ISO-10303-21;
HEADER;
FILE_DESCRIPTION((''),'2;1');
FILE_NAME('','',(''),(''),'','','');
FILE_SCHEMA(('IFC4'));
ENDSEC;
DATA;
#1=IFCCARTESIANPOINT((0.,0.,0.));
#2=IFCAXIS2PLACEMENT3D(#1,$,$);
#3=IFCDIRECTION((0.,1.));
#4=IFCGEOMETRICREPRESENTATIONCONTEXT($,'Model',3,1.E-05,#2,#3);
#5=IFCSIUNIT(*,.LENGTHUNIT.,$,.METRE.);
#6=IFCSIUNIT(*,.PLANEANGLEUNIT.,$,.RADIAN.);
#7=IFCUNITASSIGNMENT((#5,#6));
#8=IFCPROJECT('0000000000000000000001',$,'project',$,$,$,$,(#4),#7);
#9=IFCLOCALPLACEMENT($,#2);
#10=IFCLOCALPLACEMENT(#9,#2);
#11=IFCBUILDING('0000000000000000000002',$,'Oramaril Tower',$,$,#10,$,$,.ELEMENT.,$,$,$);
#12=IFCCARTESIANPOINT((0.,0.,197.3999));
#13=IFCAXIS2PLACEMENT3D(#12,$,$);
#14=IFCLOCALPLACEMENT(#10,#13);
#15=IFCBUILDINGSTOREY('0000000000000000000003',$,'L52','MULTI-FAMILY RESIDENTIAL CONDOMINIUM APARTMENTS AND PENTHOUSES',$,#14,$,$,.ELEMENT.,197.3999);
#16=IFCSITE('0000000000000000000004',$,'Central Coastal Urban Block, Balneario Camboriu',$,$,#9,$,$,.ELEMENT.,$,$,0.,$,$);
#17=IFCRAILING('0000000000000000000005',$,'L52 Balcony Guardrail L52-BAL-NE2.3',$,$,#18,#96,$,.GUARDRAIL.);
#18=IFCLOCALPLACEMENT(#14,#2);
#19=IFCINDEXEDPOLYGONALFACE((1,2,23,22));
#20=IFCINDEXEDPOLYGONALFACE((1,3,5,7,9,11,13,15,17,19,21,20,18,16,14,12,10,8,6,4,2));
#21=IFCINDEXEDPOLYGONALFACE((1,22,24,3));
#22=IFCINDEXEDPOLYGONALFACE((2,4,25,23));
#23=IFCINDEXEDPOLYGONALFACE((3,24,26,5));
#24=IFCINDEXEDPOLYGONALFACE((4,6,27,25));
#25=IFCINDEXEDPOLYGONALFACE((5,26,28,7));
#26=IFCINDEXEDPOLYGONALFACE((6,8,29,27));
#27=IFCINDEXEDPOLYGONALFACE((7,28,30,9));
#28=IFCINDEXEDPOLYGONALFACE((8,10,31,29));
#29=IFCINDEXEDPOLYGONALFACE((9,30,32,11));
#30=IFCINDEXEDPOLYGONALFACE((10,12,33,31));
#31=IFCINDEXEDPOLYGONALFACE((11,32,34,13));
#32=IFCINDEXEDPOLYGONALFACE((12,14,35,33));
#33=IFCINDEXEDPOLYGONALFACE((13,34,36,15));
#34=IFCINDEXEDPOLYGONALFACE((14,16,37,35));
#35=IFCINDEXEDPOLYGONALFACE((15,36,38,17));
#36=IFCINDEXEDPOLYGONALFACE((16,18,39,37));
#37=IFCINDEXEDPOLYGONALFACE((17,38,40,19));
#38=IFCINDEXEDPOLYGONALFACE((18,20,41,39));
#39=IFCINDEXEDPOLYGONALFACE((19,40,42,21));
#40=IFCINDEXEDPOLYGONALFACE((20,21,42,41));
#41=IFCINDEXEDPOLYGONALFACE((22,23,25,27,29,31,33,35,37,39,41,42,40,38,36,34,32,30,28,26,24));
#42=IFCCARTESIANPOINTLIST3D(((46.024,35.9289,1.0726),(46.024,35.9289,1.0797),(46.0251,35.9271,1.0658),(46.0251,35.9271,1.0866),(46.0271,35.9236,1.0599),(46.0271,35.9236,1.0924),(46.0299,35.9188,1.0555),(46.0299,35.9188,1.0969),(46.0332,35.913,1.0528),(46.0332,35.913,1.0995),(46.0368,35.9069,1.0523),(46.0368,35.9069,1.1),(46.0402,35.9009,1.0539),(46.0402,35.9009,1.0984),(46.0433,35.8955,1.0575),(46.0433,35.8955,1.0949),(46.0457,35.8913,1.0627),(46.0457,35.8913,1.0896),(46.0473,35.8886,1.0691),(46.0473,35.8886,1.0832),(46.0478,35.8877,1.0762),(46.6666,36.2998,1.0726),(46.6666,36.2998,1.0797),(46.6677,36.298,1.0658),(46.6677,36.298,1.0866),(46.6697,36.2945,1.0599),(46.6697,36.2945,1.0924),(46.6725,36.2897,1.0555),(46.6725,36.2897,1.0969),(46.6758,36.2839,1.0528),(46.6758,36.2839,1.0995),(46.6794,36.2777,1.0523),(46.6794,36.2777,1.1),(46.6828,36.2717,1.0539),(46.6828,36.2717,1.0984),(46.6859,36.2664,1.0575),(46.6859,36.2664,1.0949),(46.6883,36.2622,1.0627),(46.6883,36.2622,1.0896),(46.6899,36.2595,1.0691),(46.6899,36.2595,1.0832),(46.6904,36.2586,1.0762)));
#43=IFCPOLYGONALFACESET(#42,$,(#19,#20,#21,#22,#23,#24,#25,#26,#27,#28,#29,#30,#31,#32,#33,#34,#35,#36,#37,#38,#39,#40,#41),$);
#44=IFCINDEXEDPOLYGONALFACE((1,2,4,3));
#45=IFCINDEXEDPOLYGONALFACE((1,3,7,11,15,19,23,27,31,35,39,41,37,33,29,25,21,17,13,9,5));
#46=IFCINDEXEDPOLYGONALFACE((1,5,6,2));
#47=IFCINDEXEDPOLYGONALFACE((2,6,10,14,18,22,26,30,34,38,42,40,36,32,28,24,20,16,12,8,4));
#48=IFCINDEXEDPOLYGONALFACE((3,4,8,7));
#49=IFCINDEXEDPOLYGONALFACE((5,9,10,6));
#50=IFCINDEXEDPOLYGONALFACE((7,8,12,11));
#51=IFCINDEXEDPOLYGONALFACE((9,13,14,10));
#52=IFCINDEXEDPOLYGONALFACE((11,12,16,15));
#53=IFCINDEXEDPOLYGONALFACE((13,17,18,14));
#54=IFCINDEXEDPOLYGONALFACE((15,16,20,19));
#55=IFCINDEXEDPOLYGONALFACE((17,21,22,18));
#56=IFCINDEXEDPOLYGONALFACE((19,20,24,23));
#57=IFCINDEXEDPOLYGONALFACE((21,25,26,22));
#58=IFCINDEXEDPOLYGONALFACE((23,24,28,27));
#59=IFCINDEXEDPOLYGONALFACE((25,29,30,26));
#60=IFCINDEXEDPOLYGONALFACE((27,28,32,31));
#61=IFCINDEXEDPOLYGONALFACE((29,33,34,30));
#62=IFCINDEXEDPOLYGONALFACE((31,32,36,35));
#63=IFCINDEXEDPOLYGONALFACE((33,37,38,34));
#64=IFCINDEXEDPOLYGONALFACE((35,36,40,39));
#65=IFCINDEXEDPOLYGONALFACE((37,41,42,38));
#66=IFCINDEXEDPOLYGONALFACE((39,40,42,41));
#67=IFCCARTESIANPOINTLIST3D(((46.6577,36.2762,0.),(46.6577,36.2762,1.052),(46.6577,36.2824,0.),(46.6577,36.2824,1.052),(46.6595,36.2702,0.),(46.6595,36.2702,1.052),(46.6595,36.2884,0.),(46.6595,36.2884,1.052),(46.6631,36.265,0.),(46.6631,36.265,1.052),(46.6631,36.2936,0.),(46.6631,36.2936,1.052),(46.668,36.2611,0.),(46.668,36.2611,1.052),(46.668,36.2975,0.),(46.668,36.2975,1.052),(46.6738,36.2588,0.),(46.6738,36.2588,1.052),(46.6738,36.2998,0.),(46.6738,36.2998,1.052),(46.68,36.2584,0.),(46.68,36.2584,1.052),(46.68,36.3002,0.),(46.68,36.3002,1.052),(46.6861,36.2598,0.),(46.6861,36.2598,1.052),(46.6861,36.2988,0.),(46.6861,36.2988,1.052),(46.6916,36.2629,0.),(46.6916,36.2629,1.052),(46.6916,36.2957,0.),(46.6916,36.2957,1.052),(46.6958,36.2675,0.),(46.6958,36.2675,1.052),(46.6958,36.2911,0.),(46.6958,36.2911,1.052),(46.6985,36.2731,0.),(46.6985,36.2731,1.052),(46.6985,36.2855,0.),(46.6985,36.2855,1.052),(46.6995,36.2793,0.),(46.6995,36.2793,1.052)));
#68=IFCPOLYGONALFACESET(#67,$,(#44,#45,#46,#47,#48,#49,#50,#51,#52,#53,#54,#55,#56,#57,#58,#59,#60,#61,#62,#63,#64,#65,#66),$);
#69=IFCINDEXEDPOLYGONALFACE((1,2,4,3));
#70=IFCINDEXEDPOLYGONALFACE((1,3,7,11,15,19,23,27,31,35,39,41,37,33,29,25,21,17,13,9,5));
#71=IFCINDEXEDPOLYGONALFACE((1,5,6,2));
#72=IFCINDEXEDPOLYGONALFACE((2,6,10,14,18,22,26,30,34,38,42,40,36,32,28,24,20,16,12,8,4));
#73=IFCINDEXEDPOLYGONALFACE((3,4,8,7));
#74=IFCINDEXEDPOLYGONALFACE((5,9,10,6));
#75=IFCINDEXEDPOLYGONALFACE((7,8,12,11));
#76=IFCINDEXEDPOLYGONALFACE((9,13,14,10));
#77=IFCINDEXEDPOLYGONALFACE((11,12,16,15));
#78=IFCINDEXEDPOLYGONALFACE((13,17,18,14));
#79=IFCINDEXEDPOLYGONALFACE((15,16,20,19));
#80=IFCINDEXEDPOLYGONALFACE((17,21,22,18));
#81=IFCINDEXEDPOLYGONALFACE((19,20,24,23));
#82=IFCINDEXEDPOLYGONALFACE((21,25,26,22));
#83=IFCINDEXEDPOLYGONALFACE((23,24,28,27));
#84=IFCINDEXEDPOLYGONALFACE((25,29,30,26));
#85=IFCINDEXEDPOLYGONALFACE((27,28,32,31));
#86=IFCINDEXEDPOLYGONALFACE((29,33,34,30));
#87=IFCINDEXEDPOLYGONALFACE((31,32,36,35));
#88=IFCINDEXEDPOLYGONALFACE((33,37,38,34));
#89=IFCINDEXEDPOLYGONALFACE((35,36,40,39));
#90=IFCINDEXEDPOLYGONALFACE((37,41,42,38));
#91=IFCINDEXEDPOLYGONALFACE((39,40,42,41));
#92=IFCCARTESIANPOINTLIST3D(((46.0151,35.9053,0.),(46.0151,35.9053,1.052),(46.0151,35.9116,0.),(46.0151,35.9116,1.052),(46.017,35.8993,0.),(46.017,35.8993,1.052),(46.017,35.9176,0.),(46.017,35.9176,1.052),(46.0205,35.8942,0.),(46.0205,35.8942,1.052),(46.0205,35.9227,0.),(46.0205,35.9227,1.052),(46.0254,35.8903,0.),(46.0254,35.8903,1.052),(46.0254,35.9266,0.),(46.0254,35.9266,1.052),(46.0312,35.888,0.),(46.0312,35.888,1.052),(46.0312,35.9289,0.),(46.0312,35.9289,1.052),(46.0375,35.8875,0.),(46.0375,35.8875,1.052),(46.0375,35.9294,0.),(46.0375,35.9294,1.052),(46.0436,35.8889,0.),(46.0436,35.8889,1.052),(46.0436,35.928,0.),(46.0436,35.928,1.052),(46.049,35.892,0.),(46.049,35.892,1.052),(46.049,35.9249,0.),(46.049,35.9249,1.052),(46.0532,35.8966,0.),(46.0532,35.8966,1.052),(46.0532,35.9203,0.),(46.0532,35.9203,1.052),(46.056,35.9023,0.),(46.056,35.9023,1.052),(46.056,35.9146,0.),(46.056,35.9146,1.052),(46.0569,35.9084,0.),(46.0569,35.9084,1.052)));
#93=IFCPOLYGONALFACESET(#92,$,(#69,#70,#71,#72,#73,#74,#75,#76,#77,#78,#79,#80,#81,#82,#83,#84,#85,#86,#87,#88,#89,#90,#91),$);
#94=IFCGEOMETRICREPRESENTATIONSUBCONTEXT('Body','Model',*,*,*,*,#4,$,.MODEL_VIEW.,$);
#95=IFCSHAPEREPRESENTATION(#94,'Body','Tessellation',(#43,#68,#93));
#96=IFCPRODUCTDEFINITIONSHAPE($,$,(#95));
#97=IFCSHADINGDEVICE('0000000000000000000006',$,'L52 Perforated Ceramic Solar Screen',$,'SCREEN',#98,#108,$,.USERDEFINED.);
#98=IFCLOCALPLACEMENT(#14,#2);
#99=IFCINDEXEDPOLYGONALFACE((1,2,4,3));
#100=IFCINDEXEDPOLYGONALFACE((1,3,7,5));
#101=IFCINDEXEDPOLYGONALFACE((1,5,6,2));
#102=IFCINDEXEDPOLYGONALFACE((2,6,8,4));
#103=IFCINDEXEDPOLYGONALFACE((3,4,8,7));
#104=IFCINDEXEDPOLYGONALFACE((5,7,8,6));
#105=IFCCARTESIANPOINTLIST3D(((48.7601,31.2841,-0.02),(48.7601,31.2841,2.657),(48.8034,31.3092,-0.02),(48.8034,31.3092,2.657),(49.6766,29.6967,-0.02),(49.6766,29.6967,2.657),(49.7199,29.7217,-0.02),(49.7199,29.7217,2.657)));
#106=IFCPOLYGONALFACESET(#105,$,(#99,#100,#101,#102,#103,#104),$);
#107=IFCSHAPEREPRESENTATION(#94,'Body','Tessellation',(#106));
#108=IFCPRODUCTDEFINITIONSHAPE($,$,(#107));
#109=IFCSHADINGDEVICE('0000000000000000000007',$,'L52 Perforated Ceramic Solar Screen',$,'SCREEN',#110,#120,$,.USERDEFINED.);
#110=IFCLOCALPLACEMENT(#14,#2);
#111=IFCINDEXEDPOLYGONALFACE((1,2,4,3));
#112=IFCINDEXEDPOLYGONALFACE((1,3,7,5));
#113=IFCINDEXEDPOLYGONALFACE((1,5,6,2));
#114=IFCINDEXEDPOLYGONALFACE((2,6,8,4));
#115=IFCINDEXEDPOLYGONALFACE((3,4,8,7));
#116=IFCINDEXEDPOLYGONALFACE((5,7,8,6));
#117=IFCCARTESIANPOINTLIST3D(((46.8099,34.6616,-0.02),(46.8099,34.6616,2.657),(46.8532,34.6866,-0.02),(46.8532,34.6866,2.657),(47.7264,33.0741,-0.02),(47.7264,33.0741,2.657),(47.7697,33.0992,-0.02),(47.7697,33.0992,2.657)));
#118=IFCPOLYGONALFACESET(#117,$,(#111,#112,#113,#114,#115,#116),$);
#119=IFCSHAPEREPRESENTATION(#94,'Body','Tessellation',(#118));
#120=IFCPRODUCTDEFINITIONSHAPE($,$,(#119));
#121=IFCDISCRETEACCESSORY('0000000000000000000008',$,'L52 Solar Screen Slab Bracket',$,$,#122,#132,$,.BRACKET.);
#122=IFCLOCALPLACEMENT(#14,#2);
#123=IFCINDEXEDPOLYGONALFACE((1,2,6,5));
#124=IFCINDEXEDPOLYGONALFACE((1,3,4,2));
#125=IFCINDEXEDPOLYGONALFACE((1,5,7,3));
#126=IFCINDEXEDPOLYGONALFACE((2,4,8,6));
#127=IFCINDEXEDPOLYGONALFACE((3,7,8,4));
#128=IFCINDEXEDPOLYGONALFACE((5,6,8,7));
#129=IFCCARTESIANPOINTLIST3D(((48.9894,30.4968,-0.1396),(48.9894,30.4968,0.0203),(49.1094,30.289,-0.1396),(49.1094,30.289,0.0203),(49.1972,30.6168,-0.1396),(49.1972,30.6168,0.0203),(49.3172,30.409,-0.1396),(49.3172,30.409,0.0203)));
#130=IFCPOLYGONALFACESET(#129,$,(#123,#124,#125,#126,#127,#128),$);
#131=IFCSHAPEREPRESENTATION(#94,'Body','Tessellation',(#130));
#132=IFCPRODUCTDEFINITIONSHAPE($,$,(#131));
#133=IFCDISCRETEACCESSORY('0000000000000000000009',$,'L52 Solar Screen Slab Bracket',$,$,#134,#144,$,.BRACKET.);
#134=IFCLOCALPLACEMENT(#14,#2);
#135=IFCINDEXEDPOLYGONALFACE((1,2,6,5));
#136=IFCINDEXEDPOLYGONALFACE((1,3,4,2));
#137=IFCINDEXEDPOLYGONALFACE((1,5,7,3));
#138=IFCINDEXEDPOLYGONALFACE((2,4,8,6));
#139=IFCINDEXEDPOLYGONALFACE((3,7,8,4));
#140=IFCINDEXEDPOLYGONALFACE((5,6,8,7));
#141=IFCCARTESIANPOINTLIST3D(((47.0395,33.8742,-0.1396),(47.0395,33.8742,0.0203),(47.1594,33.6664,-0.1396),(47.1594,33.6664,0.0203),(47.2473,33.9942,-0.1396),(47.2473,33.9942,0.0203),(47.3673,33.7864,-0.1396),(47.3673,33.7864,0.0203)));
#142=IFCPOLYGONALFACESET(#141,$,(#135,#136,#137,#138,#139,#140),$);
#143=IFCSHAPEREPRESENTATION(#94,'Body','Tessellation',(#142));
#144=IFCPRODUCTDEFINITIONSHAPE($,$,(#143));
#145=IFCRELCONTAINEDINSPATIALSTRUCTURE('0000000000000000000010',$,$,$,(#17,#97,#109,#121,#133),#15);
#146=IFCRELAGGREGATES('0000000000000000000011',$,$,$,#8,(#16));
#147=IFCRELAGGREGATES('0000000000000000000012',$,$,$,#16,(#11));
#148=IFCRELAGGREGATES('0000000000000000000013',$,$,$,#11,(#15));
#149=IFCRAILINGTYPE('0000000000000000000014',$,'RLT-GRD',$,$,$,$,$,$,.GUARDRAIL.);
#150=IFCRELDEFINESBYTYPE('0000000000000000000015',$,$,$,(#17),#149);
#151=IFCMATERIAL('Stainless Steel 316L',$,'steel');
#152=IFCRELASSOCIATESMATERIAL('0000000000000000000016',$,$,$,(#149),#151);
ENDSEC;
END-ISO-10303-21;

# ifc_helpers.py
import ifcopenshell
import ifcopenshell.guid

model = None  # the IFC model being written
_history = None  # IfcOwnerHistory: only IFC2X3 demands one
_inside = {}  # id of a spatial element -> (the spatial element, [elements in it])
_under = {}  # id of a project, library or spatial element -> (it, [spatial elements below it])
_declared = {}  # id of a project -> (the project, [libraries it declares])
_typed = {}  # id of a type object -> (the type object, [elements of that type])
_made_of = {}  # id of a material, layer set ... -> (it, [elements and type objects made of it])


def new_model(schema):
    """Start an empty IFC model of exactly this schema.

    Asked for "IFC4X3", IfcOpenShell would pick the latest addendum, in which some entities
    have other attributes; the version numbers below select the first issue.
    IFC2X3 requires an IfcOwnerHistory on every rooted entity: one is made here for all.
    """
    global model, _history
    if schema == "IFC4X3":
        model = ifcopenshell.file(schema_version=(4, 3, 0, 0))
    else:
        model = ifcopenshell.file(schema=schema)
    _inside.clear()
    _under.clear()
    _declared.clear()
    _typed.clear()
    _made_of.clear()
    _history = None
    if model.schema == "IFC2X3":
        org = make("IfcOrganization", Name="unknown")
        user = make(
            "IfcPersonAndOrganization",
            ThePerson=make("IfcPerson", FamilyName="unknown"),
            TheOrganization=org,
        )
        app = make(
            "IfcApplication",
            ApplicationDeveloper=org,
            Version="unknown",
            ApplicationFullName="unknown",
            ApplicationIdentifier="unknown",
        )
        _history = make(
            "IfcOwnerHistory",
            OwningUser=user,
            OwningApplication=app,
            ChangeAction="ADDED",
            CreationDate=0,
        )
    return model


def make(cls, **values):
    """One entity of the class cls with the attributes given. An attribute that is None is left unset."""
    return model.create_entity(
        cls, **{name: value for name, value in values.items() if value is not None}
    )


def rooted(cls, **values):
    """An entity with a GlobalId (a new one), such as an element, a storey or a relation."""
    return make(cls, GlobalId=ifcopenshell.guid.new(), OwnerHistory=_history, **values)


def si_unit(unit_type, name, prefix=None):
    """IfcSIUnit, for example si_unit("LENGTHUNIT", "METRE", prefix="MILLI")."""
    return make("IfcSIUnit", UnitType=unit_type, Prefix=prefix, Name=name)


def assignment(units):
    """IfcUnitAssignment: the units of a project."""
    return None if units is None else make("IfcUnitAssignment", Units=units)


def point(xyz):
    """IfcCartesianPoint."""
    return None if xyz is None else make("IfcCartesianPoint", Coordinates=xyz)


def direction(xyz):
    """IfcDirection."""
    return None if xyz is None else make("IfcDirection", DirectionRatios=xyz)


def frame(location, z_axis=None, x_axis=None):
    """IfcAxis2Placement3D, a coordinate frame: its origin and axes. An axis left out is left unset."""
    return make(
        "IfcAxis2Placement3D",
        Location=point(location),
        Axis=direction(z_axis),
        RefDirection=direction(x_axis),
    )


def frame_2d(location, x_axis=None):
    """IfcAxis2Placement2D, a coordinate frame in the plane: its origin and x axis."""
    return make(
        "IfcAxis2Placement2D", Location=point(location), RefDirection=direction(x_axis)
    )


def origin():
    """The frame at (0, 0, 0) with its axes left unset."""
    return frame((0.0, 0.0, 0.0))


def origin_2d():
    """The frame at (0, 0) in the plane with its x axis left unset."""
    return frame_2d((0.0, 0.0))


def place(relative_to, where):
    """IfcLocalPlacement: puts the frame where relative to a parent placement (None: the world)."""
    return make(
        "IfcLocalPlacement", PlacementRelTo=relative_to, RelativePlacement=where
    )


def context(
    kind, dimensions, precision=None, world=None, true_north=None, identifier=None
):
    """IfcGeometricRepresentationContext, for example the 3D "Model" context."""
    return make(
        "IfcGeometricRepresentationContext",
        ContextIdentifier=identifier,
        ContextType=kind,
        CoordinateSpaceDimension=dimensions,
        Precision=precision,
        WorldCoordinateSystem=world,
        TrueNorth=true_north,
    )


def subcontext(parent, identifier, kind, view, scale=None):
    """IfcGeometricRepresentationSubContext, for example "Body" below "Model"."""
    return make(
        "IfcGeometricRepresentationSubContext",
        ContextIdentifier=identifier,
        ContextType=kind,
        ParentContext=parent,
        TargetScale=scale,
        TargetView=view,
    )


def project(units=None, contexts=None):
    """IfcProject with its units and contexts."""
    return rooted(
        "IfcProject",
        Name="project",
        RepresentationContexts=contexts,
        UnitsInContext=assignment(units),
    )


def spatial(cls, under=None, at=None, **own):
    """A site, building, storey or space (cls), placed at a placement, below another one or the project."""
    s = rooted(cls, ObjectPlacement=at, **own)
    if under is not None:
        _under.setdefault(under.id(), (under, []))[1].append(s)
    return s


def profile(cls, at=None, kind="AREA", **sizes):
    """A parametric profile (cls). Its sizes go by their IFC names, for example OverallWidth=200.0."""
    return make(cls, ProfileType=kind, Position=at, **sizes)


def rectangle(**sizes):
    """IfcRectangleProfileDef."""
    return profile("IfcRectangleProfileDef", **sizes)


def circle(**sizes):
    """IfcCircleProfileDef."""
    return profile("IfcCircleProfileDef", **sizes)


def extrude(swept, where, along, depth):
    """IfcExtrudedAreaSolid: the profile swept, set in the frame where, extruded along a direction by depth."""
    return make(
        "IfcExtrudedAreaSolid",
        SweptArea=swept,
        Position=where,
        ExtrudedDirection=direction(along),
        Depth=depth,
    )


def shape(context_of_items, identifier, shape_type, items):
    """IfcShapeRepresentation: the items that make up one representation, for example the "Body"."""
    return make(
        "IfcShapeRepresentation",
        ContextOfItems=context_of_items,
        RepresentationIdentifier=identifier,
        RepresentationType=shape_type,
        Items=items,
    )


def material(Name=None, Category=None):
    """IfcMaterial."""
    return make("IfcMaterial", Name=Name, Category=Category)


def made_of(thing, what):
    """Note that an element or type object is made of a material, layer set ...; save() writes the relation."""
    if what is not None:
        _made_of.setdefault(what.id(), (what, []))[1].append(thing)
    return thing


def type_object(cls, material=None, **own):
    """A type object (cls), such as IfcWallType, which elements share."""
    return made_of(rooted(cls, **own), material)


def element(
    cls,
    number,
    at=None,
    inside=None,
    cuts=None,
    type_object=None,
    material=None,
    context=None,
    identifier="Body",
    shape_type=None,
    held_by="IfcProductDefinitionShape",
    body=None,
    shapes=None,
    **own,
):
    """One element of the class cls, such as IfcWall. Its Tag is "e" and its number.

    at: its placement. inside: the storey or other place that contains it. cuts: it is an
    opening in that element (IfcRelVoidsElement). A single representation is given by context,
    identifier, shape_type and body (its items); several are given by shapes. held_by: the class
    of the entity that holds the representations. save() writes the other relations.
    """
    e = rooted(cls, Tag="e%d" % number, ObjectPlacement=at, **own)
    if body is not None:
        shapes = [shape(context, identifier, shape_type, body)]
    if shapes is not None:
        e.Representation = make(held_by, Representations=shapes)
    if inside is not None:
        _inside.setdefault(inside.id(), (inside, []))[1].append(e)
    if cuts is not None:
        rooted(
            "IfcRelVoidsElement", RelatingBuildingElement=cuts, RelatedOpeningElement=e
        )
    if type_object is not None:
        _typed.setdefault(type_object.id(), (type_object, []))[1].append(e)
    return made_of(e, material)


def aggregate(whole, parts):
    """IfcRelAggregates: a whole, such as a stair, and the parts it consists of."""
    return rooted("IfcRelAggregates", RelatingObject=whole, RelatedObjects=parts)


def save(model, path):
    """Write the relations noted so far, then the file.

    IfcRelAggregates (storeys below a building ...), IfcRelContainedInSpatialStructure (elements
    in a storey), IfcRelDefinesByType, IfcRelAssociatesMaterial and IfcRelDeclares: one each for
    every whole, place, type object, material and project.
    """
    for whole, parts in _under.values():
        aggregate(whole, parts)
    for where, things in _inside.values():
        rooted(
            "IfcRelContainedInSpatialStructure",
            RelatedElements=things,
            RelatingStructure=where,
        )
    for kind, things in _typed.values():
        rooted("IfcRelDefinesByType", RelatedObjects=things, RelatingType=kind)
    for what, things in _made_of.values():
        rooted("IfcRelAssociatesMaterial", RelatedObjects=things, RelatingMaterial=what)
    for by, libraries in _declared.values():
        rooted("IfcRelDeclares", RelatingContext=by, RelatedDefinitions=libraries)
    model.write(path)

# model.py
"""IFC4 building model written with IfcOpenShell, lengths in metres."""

from ifc_helpers import new_model, si_unit, direction, frame, origin, origin_2d, place, context, subcontext, project, spatial, rectangle, circle, extrude, material, type_object, element, save


model = new_model("IFC4")

# Units and contexts
model_context = context("Model", 3, precision=1e-05, world=origin(), true_north=direction((0.0, 1.0)))
body_context = subcontext(model_context, "Body", "Model", "MODEL_VIEW")
ifc_project = project(units=[si_unit("LENGTHUNIT", "METRE"), si_unit("PLANEANGLEUNIT", "RADIAN")], contexts=[model_context])

# Site, building, storey
site_placement = place(None, origin())
site = spatial("IfcSite", under=ifc_project, at=site_placement, Name="Central Coastal Urban Block, Balneario Camboriu", CompositionType="ELEMENT", RefElevation=0.0)
building_placement = place(site_placement, origin())
building = spatial("IfcBuilding", under=site, at=building_placement, Name="Oramaril Tower", CompositionType="ELEMENT")
storey_placement = place(building_placement, frame((0.0, 0.0, 197.3999)))
storey = spatial("IfcBuildingStorey", under=building, at=storey_placement, Name="L52", Description="MULTI-FAMILY RESIDENTIAL CONDOMINIUM APARTMENTS AND PENTHOUSES", CompositionType="ELEMENT", Elevation=197.3999)

# Railing
ifc_material_1 = material(Name="Stainless Steel 316L", Category="steel")
railing_type = type_object("IfcRailingType", Name="RLT-GRD", PredefinedType="GUARDRAIL", material=ifc_material_1)
railing_1_placement = place(storey_placement, frame((46.6785, 36.2793, 0.0)))
element("IfcRailing", 1, at=railing_1_placement, inside=storey, type_object=railing_type, Name="L52 Balcony Guardrail L52-BAL-NE2.3", PredefinedType="GUARDRAIL", context=body_context, shape_type="SweptSolid", body=[
    extrude(circle(Radius=0.0239, at=origin_2d()), frame((0.0, 0.0, 1.0762), z_axis=(-0.866109, -0.499855, 0.0), x_axis=(0.499855, -0.866109, 0.0)), (0.0, 0.0, 1.0), 0.7419),
    extrude(circle(Radius=0.021, at=origin_2d()), origin(), (0.0, 0.0, 1.0), 1.052),
    extrude(circle(Radius=0.021, at=origin_2d()), frame((-0.6426, -0.3708, 0.0)), (0.0, 0.0, 1.0), 1.052),
])

# Shading devices
for number, where, z_axis, x_axis, name in (
    (2, (49.24, 30.5029, -0.02), (0.0, 0.0, 1.0), (-0.499998, 0.866026, 0.0), "L52 Perforated Ceramic Solar Screen"),
    (3, (47.2898, 33.8804, -0.02), (0.0, 0.0, 1.0), (-0.499998, 0.866026, 0.0), "L52 Perforated Ceramic Solar Screen"),
):
    element("IfcShadingDevice", number, at=place(storey_placement, frame(where, z_axis=z_axis, x_axis=x_axis)), inside=storey, Name=name, ObjectType="SCREEN", PredefinedType="USERDEFINED", context=body_context, shape_type="SweptSolid", body=[
        extrude(rectangle(XDim=1.833, YDim=0.05, at=origin_2d()), origin(), (0.0, 0.0, 1.0), 2.677),
    ])

# Discrete accessories
for number, where, z_axis, x_axis, name in (
    (4, (49.1533, 30.4529, -0.1396), (0.0, 0.0, 1.0), (-0.499998, 0.866026, 0.0), "L52 Solar Screen Slab Bracket"),
    (5, (47.2034, 33.8303, -0.1396), (0.0, 0.0, 1.0), (-0.499998, 0.866026, 0.0), "L52 Solar Screen Slab Bracket"),
):
    element("IfcDiscreteAccessory", number, at=place(storey_placement, frame(where, z_axis=z_axis, x_axis=x_axis)), inside=storey, Name=name, PredefinedType="BRACKET", context=body_context, shape_type="SweptSolid", body=[
        extrude(rectangle(XDim=0.24, YDim=0.24, at=origin_2d()), origin(), (0.0, 0.0, 1.0), 0.1599),
    ])

save(model, "model.ifc")
